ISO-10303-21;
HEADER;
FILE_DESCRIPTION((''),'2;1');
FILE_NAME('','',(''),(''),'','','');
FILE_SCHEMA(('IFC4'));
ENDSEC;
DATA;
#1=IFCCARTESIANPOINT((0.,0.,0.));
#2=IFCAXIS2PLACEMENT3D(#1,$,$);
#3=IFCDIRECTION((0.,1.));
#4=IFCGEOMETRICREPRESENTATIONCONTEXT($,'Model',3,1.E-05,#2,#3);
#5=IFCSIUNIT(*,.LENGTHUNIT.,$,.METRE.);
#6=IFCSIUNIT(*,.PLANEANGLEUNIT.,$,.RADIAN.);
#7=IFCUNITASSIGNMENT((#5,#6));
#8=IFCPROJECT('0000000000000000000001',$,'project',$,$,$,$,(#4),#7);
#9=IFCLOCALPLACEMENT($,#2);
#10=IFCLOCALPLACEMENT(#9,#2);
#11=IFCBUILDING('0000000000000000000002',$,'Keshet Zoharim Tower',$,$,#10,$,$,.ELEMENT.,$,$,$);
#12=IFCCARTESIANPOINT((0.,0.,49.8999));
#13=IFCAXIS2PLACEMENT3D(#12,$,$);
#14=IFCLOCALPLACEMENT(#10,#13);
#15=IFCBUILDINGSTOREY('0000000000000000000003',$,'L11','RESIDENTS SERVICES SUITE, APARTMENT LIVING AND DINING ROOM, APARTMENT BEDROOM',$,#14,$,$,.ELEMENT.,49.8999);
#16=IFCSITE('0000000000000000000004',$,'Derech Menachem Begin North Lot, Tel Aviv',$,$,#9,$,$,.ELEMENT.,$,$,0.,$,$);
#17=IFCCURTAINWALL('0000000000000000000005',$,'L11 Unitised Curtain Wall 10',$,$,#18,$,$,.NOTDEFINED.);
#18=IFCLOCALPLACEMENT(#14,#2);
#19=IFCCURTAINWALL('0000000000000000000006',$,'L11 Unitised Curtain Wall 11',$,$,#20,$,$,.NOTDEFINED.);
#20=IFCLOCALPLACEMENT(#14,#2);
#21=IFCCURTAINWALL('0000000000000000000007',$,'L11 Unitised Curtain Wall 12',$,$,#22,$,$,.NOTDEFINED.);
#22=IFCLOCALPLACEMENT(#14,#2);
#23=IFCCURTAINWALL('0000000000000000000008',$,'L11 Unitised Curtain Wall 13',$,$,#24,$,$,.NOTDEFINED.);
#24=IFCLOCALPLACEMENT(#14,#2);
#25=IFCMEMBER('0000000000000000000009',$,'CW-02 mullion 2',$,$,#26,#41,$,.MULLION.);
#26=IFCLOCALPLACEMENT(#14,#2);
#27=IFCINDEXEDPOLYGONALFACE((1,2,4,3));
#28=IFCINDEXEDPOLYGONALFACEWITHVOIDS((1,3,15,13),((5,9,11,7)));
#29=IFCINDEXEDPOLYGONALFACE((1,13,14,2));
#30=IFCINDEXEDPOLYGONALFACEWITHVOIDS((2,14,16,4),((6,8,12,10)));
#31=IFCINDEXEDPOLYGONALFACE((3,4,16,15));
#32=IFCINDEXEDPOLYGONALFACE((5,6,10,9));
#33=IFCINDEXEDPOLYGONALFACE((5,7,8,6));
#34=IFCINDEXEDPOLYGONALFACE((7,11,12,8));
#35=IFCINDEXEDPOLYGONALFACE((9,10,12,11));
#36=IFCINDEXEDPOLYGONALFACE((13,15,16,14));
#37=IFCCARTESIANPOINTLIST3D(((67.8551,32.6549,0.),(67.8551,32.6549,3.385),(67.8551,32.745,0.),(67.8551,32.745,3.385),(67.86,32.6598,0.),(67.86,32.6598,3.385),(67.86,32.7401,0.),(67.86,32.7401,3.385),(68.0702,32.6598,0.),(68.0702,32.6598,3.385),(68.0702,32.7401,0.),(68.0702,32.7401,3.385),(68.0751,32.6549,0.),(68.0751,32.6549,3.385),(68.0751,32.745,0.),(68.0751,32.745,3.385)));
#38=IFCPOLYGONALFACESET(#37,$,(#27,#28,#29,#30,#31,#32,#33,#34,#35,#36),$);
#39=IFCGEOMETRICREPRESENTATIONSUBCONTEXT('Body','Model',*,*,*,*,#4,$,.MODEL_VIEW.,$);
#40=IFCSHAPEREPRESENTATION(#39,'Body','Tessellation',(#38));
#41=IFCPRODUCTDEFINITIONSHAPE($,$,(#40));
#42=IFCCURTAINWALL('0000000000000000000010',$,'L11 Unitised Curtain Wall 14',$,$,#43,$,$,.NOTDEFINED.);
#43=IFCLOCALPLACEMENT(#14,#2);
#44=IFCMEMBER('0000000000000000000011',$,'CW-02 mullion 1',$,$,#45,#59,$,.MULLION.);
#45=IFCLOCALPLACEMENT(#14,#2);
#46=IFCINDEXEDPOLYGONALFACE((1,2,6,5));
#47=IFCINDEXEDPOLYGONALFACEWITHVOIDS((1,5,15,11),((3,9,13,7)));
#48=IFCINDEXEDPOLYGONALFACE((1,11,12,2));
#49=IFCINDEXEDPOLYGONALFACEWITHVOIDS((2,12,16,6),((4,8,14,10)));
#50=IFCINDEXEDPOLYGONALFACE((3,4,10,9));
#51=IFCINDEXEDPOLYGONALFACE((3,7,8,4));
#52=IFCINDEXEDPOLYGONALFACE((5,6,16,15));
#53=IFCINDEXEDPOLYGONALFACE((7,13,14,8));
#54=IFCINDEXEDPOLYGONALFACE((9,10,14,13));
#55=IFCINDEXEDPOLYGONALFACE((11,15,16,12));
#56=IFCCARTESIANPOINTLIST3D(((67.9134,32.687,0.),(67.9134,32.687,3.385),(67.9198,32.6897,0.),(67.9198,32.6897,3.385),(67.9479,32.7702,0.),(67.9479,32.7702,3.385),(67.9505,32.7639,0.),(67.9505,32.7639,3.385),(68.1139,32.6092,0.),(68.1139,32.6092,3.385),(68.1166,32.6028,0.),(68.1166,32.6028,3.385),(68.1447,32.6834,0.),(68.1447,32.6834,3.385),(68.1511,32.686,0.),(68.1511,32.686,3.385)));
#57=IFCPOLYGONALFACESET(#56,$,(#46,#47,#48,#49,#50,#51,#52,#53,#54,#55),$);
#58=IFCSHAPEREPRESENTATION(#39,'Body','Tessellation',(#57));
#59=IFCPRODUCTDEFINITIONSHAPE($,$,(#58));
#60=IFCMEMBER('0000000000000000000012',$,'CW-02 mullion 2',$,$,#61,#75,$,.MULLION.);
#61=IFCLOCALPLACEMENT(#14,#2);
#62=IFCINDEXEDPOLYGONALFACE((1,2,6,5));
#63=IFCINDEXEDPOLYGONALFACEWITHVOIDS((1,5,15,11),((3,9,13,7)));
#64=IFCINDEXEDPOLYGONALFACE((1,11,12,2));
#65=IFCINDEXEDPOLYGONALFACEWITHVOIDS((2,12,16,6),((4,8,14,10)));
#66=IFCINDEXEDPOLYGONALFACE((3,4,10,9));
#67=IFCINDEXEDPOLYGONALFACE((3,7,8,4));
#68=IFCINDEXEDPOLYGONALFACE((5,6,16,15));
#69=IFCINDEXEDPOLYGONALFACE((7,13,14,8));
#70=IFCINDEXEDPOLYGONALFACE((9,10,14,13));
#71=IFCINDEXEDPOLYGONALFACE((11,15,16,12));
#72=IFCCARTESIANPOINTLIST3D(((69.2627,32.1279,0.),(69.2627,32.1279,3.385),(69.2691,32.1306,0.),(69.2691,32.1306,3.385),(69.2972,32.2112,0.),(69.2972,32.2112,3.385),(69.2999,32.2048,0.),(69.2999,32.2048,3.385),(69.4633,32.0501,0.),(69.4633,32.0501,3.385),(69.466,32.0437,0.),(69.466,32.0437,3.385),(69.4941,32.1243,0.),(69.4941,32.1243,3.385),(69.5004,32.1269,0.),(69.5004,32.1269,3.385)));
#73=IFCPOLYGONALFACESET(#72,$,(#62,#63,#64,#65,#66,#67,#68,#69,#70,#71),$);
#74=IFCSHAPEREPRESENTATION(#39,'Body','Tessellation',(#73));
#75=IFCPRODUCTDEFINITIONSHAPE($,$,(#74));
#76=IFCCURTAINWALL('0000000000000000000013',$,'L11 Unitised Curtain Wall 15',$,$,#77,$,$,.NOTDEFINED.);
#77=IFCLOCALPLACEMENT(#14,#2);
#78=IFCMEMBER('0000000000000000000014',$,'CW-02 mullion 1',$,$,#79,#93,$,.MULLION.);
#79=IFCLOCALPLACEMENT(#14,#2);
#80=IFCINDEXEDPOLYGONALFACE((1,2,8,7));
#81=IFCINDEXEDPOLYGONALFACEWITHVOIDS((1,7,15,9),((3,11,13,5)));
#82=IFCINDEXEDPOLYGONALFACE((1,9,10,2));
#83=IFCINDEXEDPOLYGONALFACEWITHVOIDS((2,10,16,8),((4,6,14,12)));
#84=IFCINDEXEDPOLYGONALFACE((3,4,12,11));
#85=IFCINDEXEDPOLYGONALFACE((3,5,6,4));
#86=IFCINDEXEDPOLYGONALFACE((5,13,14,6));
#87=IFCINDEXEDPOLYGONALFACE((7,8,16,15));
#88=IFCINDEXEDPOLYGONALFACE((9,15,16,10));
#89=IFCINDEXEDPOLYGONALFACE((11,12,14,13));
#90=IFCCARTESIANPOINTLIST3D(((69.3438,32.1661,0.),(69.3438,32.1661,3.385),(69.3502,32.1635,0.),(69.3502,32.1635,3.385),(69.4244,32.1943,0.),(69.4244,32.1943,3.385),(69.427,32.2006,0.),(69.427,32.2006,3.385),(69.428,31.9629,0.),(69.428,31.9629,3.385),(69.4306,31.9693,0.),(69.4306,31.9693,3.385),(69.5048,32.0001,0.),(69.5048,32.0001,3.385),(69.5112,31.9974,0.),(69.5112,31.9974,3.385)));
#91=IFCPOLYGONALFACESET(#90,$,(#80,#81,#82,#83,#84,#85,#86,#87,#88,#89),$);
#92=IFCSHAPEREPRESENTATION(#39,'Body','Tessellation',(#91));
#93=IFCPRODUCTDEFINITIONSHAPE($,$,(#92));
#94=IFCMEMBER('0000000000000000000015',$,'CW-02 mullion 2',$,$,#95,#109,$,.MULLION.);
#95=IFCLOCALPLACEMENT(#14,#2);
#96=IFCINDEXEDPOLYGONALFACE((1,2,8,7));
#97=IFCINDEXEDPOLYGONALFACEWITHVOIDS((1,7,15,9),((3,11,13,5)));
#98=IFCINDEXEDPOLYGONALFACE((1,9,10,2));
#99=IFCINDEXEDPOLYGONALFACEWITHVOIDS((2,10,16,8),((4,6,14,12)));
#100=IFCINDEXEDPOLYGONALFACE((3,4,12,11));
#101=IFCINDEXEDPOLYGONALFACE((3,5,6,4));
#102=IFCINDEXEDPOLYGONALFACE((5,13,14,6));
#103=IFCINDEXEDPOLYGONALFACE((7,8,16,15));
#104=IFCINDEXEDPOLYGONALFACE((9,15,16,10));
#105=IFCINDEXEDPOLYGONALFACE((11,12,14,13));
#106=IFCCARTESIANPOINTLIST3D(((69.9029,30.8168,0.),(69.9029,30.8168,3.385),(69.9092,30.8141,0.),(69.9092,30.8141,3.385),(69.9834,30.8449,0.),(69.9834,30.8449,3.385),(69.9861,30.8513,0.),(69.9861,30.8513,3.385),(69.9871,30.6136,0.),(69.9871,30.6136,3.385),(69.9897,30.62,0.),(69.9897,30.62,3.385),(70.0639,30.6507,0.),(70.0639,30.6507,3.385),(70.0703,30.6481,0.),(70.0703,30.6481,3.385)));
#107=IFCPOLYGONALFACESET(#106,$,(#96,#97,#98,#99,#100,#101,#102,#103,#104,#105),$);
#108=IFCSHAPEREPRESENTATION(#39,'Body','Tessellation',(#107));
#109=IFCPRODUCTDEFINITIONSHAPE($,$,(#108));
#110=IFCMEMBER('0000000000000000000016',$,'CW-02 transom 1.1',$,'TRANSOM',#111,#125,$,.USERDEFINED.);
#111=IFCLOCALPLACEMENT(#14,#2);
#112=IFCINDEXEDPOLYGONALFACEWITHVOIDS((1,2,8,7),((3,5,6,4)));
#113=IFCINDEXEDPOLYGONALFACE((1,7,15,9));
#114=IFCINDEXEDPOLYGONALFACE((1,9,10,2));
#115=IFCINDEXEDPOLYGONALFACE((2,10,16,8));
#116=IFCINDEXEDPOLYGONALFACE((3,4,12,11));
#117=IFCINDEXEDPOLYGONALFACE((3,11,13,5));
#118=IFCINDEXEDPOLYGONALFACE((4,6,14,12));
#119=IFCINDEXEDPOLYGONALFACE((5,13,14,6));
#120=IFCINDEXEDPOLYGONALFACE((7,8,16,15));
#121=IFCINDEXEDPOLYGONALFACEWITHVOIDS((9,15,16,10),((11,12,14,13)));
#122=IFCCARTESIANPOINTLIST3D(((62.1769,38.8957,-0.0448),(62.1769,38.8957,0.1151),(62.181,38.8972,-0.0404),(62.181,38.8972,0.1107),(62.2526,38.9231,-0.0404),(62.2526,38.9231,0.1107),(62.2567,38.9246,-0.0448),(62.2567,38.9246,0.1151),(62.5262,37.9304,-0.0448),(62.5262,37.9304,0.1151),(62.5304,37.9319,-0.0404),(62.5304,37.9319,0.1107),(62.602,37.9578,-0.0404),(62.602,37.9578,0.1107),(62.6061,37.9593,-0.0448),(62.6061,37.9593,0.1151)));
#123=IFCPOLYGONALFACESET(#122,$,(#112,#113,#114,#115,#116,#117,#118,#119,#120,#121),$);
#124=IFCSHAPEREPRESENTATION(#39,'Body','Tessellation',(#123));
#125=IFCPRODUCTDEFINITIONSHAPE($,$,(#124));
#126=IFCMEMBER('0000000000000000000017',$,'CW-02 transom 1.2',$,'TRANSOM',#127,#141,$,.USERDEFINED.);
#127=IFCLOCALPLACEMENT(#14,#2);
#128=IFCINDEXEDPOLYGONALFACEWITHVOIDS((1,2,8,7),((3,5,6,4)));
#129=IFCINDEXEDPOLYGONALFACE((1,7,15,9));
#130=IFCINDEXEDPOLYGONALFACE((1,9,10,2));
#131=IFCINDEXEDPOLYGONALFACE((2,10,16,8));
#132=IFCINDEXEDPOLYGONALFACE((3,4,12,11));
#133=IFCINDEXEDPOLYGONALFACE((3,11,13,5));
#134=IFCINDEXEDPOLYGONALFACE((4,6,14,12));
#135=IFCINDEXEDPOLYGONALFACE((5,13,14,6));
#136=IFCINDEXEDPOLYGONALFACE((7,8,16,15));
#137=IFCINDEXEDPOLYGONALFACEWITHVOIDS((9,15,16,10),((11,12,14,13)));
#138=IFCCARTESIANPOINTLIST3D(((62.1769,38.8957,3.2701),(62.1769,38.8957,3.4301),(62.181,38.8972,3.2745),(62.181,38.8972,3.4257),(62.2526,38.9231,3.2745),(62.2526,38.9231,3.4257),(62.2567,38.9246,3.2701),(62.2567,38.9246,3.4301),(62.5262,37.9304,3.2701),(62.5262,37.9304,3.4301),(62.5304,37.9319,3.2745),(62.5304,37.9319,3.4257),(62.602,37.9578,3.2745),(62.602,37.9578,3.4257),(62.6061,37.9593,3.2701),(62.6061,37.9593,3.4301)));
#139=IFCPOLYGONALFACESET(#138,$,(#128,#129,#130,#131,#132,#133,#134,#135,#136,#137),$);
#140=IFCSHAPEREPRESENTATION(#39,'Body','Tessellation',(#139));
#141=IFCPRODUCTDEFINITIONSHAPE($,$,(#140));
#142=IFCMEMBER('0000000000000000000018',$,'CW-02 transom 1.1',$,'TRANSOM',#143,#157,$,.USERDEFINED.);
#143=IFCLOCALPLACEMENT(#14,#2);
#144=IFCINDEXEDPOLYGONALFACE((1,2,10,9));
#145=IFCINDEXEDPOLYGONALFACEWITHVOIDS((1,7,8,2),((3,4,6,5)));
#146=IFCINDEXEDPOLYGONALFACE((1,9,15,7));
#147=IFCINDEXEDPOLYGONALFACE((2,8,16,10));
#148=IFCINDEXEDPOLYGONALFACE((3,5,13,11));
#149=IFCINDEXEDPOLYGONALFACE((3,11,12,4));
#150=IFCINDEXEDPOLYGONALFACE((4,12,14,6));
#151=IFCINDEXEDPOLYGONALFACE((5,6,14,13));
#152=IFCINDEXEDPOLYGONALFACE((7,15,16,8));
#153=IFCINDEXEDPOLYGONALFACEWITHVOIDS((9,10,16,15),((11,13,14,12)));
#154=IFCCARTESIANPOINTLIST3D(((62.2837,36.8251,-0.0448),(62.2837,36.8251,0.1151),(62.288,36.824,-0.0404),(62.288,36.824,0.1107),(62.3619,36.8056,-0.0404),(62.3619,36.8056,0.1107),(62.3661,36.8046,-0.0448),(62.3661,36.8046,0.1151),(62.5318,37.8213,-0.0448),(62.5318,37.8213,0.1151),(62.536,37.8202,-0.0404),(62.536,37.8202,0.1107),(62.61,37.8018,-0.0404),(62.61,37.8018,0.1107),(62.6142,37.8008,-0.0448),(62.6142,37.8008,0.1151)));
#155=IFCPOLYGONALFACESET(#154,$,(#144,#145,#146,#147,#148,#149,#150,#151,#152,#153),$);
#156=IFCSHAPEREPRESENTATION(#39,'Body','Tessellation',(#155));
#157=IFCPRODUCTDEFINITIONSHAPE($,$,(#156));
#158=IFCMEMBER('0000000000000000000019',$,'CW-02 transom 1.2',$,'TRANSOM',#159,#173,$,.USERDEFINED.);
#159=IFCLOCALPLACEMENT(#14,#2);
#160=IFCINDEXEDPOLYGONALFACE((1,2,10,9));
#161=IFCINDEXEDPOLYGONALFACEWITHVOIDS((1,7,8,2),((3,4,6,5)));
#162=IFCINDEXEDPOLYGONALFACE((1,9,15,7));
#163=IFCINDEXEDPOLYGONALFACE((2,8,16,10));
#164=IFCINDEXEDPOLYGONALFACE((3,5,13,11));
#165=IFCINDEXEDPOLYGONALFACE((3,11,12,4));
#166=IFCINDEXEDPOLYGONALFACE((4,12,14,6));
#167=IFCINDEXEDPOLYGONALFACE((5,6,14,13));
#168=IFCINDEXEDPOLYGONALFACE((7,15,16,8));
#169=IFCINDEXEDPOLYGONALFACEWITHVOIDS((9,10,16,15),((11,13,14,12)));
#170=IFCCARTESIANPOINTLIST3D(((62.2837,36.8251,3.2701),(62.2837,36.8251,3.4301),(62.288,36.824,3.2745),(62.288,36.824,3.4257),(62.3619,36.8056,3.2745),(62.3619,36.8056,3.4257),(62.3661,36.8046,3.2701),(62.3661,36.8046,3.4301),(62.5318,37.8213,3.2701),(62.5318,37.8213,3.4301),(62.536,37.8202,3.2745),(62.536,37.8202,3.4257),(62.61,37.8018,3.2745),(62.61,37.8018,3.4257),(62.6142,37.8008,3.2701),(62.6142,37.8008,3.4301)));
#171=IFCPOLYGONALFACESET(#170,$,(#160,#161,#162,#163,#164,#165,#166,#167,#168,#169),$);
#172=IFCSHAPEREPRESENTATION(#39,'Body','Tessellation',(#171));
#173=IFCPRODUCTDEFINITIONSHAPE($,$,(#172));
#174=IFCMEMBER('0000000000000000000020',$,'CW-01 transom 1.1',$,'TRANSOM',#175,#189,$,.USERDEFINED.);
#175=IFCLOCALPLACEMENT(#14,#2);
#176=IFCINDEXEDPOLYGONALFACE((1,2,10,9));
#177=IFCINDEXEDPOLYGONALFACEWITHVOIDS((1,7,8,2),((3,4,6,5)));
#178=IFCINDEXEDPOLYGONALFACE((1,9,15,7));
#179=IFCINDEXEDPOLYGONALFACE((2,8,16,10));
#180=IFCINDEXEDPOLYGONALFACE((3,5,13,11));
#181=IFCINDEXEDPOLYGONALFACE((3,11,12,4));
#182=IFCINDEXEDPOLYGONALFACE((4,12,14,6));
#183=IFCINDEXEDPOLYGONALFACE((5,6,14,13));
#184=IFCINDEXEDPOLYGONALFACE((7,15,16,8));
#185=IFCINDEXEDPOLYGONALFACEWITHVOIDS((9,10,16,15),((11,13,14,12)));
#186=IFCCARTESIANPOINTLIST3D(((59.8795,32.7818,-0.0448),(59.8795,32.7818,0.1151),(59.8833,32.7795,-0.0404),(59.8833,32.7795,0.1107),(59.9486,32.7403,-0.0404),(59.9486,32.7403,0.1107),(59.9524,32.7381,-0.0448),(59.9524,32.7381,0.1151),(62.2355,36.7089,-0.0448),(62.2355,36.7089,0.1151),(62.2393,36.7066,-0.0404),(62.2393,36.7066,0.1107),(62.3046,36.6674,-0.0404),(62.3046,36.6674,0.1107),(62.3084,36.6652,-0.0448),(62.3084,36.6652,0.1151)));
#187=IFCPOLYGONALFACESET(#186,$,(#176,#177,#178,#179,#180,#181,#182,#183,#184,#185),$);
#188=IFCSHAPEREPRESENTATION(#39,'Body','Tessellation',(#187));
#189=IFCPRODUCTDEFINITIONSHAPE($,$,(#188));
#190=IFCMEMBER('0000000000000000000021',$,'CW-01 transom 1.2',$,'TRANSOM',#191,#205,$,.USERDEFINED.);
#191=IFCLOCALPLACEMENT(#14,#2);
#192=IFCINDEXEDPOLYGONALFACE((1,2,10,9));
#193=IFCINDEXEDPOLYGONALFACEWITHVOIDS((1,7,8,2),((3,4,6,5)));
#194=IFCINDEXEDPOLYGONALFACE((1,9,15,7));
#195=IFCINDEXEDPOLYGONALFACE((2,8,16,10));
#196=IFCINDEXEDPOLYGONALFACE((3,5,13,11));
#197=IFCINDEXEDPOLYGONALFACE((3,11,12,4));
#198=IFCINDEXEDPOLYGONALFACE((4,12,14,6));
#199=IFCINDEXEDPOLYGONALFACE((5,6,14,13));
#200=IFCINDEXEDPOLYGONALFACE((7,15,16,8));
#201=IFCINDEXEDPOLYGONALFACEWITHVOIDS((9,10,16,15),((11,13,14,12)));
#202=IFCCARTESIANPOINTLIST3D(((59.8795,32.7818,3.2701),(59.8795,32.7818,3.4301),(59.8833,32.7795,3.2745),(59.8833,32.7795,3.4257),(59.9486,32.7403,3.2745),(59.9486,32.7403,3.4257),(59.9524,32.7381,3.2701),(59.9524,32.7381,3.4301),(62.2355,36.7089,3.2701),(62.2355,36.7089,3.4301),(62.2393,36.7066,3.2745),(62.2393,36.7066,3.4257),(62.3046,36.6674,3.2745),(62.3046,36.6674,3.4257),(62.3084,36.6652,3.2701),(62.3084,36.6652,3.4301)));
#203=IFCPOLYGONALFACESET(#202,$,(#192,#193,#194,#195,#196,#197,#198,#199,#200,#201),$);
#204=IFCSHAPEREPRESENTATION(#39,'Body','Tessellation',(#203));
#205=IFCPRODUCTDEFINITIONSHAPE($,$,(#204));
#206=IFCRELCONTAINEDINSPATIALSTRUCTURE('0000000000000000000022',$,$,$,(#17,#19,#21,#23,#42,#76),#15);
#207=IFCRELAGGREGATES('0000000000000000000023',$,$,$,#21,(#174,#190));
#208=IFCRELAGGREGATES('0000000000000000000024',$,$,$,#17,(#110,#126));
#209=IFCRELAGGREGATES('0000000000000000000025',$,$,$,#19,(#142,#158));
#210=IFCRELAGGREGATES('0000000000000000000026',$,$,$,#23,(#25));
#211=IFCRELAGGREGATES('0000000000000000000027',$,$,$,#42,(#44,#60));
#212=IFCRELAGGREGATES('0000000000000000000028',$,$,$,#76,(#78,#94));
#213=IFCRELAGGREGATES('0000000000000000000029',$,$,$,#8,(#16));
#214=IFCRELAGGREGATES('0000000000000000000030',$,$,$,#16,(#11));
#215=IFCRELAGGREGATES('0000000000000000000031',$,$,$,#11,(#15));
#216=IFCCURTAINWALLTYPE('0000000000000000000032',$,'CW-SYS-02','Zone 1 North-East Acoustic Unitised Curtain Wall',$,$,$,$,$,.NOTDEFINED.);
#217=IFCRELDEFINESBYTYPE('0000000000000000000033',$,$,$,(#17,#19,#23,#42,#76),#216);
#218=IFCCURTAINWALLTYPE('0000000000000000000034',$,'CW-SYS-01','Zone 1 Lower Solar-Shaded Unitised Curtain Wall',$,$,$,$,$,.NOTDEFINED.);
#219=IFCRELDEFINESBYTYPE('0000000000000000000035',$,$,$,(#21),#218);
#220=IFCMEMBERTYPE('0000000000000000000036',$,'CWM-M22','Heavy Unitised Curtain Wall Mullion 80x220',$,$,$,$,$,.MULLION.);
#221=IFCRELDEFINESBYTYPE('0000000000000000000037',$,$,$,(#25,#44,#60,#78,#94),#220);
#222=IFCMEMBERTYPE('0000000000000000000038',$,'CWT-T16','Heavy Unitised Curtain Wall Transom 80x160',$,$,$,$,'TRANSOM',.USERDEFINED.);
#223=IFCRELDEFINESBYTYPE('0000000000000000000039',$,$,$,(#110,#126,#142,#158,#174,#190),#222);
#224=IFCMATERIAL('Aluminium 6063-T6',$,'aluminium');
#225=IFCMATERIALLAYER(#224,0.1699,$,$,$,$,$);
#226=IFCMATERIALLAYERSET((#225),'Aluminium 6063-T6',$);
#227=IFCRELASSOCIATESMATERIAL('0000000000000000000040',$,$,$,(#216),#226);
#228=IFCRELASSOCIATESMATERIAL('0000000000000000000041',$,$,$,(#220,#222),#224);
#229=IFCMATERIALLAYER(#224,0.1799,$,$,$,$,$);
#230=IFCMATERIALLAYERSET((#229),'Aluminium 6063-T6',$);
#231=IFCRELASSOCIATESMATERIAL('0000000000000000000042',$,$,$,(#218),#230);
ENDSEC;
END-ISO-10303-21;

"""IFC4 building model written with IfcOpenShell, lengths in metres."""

from ifc_helpers import new_model, si_unit, direction, frame, origin, origin_2d, place, context, subcontext, project, spatial, hollow_rectangle, extrude, material, layer, layer_set, material_profile, profile_set, type_object, element, aggregate, save


model = new_model("IFC4")

# Units and contexts
model_context = context("Model", 3, precision=1e-05, world=origin(), true_north=direction((0.0, 1.0)))
body_context = subcontext(model_context, "Body", "Model", "MODEL_VIEW")
ifc_project = project(units=[si_unit("LENGTHUNIT", "METRE"), si_unit("PLANEANGLEUNIT", "RADIAN")], contexts=[model_context])

# Site, building, storey
site_placement = place(None, origin())
site = spatial("IfcSite", under=ifc_project, at=site_placement, Name="Derech Menachem Begin North Lot, Tel Aviv", CompositionType="ELEMENT", RefElevation=0.0)
building_placement = place(site_placement, origin())
building = spatial("IfcBuilding", under=site, at=building_placement, Name="Keshet Zoharim Tower", CompositionType="ELEMENT")
storey_placement = place(building_placement, frame((0.0, 0.0, 49.8999)))
storey = spatial("IfcBuildingStorey", under=building, at=storey_placement, Name="L11", Description="RESIDENTS SERVICES SUITE, APARTMENT LIVING AND DINING ROOM, APARTMENT BEDROOM", CompositionType="ELEMENT", Elevation=49.8999)

# Shared definitions
ifc_material_1 = material(Name="Aluminium 6063-T6", Category="aluminium")
ifc_layer_1 = layer(ifc_material_1, 0.1699)
ifc_layer_set_1 = layer_set([ifc_layer_1], Name="Aluminium 6063-T6")
curtain_wall_type_1 = type_object("IfcCurtainWallType", Name="CW-SYS-02", Description="Zone 1 North-East Acoustic Unitised Curtain Wall", PredefinedType="NOTDEFINED", material=ifc_layer_set_1)
ifc_material_profile_1 = material_profile(ifc_material_1, hollow_rectangle(XDim=0.0901, YDim=0.22, WallThickness=0.0049, at=origin_2d()), Name="MUL-90x220")
ifc_profile_set_1 = profile_set([ifc_material_profile_1], Name="Aluminium 6063-T6")
member_type_1 = type_object("IfcMemberType", Name="CWM-M22", Description="Heavy Unitised Curtain Wall Mullion 80x220", PredefinedType="MULLION", material=ifc_profile_set_1)

# Curtain walls, members
curtain_wall_1_placement = place(storey_placement, origin())
curtain_wall_1 = element("IfcCurtainWall", 1, at=curtain_wall_1_placement, inside=storey, type_object=curtain_wall_type_1, Name="L11 Unitised Curtain Wall 10", PredefinedType="NOTDEFINED")
curtain_wall_2_placement = place(storey_placement, origin())
curtain_wall_2 = element("IfcCurtainWall", 2, at=curtain_wall_2_placement, inside=storey, type_object=curtain_wall_type_1, Name="L11 Unitised Curtain Wall 11", PredefinedType="NOTDEFINED")
ifc_layer_2 = layer(ifc_material_1, 0.1799)
ifc_layer_set_2 = layer_set([ifc_layer_2], Name="Aluminium 6063-T6")
curtain_wall_type_2 = type_object("IfcCurtainWallType", Name="CW-SYS-01", Description="Zone 1 Lower Solar-Shaded Unitised Curtain Wall", PredefinedType="NOTDEFINED", material=ifc_layer_set_2)
curtain_wall_3_placement = place(storey_placement, origin())
curtain_wall_3 = element("IfcCurtainWall", 3, at=curtain_wall_3_placement, inside=storey, type_object=curtain_wall_type_2, Name="L11 Unitised Curtain Wall 12", PredefinedType="NOTDEFINED")
curtain_wall_4_placement = place(storey_placement, origin())
curtain_wall_4 = element("IfcCurtainWall", 4, at=curtain_wall_4_placement, inside=storey, type_object=curtain_wall_type_1, Name="L11 Unitised Curtain Wall 13", PredefinedType="NOTDEFINED")
member_1_placement = place(storey_placement, frame((67.9651, 32.7, 0.0), z_axis=(0.0, 0.0, 1.0), x_axis=(0.0, 1.0, 0.0)))
member_1 = element("IfcMember", 5, at=member_1_placement, type_object=member_type_1, Name="CW-02 mullion 2", PredefinedType="MULLION", context=body_context, shape_type="SweptSolid", body=[
    extrude(hollow_rectangle(XDim=0.0901, YDim=0.22, WallThickness=0.0049, at=origin_2d()), origin(), (0.0, 0.0, 1.0), 3.385),
])
curtain_wall_5_placement = place(storey_placement, origin())
curtain_wall_5 = element("IfcCurtainWall", 6, at=curtain_wall_5_placement, inside=storey, type_object=curtain_wall_type_1, Name="L11 Unitised Curtain Wall 14", PredefinedType="NOTDEFINED")
member_2_placement = place(storey_placement, frame((68.0322, 32.6865, 0.0), z_axis=(0.0, 0.0, 1.0), x_axis=(0.382852, 0.92381, 0.0)))
member_2 = element("IfcMember", 7, at=member_2_placement, type_object=member_type_1, Name="CW-02 mullion 1", PredefinedType="MULLION", context=body_context, shape_type="SweptSolid", body=[
    extrude(hollow_rectangle(XDim=0.0901, YDim=0.22, WallThickness=0.0049, at=origin_2d()), origin(), (0.0, 0.0, 1.0), 3.385),
])
member_3_placement = place(storey_placement, frame((69.3816, 32.1274, 0.0), z_axis=(0.0, 0.0, 1.0), x_axis=(0.382852, 0.92381, 0.0)))
member_3 = element("IfcMember", 8, at=member_3_placement, type_object=member_type_1, Name="CW-02 mullion 2", PredefinedType="MULLION", context=body_context, shape_type="SweptSolid", body=[
    extrude(hollow_rectangle(XDim=0.0901, YDim=0.22, WallThickness=0.0049, at=origin_2d()), origin(), (0.0, 0.0, 1.0), 3.385),
])
curtain_wall_6_placement = place(storey_placement, origin())
curtain_wall_6 = element("IfcCurtainWall", 9, at=curtain_wall_6_placement, inside=storey, type_object=curtain_wall_type_1, Name="L11 Unitised Curtain Wall 15", PredefinedType="NOTDEFINED")
member_4_placement = place(storey_placement, frame((69.4275, 32.0818, 0.0), z_axis=(0.0, 0.0, 1.0), x_axis=(0.92381, 0.382852, 0.0)))
member_4 = element("IfcMember", 10, at=member_4_placement, type_object=member_type_1, Name="CW-02 mullion 1", PredefinedType="MULLION", context=body_context, shape_type="SweptSolid", body=[
    extrude(hollow_rectangle(XDim=0.0901, YDim=0.22, WallThickness=0.0049, at=origin_2d()), origin(), (0.0, 0.0, 1.0), 3.385),
])
member_5_placement = place(storey_placement, frame((69.9866, 30.7324, 0.0), z_axis=(0.0, 0.0, 1.0), x_axis=(0.92381, 0.382852, 0.0)))
member_5 = element("IfcMember", 11, at=member_5_placement, type_object=member_type_1, Name="CW-02 mullion 2", PredefinedType="MULLION", context=body_context, shape_type="SweptSolid", body=[
    extrude(hollow_rectangle(XDim=0.0901, YDim=0.22, WallThickness=0.0049, at=origin_2d()), origin(), (0.0, 0.0, 1.0), 3.385),
])

# Members
ifc_material_profile_2 = material_profile(ifc_material_1, hollow_rectangle(XDim=0.085, YDim=0.1599, WallThickness=0.0044, at=origin_2d()), Name="TRN-85x160")
ifc_profile_set_2 = profile_set([ifc_material_profile_2], Name="Aluminium 6063-T6")
member_type_2 = type_object("IfcMemberType", Name="CWT-T16", Description="Heavy Unitised Curtain Wall Transom 80x160", ElementType="TRANSOM", PredefinedType="USERDEFINED", material=ifc_profile_set_2)
member_6_placement = place(storey_placement, frame((62.2168, 38.9102, 0.0352), z_axis=(0.340311, -0.940313, 0.0), x_axis=(0.940313, 0.340311, 0.0)))
member_6 = element("IfcMember", 12, at=member_6_placement, type_object=member_type_2, Name="CW-02 transom 1.1", ObjectType="TRANSOM", PredefinedType="USERDEFINED", context=body_context, shape_type="SweptSolid", body=[
    extrude(hollow_rectangle(XDim=0.085, YDim=0.1599, WallThickness=0.0044, at=origin_2d()), origin(), (0.0, 0.0, 1.0), 1.0266),
])
member_7_placement = place(storey_placement, frame((62.2168, 38.9102, 3.3501), z_axis=(0.340311, -0.940313, 0.0), x_axis=(0.940313, 0.340311, 0.0)))
member_7 = element("IfcMember", 13, at=member_7_placement, type_object=member_type_2, Name="CW-02 transom 1.2", ObjectType="TRANSOM", PredefinedType="USERDEFINED", context=body_context, shape_type="SweptSolid", body=[
    extrude(hollow_rectangle(XDim=0.085, YDim=0.1599, WallThickness=0.0044, at=origin_2d()), origin(), (0.0, 0.0, 1.0), 1.0266),
])
member_8_placement = place(storey_placement, frame((62.573, 37.811, 0.0352), z_axis=(-0.24164, -0.970366, 0.0), x_axis=(0.970366, -0.24164, 0.0)))
member_8 = element("IfcMember", 14, at=member_8_placement, type_object=member_type_2, Name="CW-02 transom 1.1", ObjectType="TRANSOM", PredefinedType="USERDEFINED", context=body_context, shape_type="SweptSolid", body=[
    extrude(hollow_rectangle(XDim=0.085, YDim=0.1599, WallThickness=0.0044, at=origin_2d()), origin(), (0.0, 0.0, 1.0), 1.0266),
])
member_9_placement = place(storey_placement, frame((62.573, 37.811, 3.3501), z_axis=(-0.24164, -0.970366, 0.0), x_axis=(0.970366, -0.24164, 0.0)))
member_9 = element("IfcMember", 15, at=member_9_placement, type_object=member_type_2, Name="CW-02 transom 1.2", ObjectType="TRANSOM", PredefinedType="USERDEFINED", context=body_context, shape_type="SweptSolid", body=[
    extrude(hollow_rectangle(XDim=0.085, YDim=0.1599, WallThickness=0.0044, at=origin_2d()), origin(), (0.0, 0.0, 1.0), 1.0266),
])
member_10_placement = place(storey_placement, frame((62.272, 36.687, 0.0352), z_axis=(-0.514457, -0.857516, 0.0), x_axis=(0.857516, -0.514457, 0.0)))
member_10 = element("IfcMember", 16, at=member_10_placement, type_object=member_type_2, Name="CW-01 transom 1.1", ObjectType="TRANSOM", PredefinedType="USERDEFINED", context=body_context, shape_type="SweptSolid", body=[
    extrude(hollow_rectangle(XDim=0.085, YDim=0.1599, WallThickness=0.0044, at=origin_2d()), origin(), (0.0, 0.0, 1.0), 4.5796),
])
member_11_placement = place(storey_placement, frame((62.272, 36.687, 3.3501), z_axis=(-0.514457, -0.857516, 0.0), x_axis=(0.857516, -0.514457, 0.0)))
member_11 = element("IfcMember", 17, at=member_11_placement, type_object=member_type_2, Name="CW-01 transom 1.2", ObjectType="TRANSOM", PredefinedType="USERDEFINED", context=body_context, shape_type="SweptSolid", body=[
    extrude(hollow_rectangle(XDim=0.085, YDim=0.1599, WallThickness=0.0044, at=origin_2d()), origin(), (0.0, 0.0, 1.0), 4.5796),
])

aggregate(curtain_wall_3, [member_10, member_11])
aggregate(curtain_wall_1, [member_6, member_7])
aggregate(curtain_wall_2, [member_8, member_9])
aggregate(curtain_wall_4, [member_1])
aggregate(curtain_wall_5, [member_2, member_3])
aggregate(curtain_wall_6, [member_4, member_5])

save(model, "model.ifc")
